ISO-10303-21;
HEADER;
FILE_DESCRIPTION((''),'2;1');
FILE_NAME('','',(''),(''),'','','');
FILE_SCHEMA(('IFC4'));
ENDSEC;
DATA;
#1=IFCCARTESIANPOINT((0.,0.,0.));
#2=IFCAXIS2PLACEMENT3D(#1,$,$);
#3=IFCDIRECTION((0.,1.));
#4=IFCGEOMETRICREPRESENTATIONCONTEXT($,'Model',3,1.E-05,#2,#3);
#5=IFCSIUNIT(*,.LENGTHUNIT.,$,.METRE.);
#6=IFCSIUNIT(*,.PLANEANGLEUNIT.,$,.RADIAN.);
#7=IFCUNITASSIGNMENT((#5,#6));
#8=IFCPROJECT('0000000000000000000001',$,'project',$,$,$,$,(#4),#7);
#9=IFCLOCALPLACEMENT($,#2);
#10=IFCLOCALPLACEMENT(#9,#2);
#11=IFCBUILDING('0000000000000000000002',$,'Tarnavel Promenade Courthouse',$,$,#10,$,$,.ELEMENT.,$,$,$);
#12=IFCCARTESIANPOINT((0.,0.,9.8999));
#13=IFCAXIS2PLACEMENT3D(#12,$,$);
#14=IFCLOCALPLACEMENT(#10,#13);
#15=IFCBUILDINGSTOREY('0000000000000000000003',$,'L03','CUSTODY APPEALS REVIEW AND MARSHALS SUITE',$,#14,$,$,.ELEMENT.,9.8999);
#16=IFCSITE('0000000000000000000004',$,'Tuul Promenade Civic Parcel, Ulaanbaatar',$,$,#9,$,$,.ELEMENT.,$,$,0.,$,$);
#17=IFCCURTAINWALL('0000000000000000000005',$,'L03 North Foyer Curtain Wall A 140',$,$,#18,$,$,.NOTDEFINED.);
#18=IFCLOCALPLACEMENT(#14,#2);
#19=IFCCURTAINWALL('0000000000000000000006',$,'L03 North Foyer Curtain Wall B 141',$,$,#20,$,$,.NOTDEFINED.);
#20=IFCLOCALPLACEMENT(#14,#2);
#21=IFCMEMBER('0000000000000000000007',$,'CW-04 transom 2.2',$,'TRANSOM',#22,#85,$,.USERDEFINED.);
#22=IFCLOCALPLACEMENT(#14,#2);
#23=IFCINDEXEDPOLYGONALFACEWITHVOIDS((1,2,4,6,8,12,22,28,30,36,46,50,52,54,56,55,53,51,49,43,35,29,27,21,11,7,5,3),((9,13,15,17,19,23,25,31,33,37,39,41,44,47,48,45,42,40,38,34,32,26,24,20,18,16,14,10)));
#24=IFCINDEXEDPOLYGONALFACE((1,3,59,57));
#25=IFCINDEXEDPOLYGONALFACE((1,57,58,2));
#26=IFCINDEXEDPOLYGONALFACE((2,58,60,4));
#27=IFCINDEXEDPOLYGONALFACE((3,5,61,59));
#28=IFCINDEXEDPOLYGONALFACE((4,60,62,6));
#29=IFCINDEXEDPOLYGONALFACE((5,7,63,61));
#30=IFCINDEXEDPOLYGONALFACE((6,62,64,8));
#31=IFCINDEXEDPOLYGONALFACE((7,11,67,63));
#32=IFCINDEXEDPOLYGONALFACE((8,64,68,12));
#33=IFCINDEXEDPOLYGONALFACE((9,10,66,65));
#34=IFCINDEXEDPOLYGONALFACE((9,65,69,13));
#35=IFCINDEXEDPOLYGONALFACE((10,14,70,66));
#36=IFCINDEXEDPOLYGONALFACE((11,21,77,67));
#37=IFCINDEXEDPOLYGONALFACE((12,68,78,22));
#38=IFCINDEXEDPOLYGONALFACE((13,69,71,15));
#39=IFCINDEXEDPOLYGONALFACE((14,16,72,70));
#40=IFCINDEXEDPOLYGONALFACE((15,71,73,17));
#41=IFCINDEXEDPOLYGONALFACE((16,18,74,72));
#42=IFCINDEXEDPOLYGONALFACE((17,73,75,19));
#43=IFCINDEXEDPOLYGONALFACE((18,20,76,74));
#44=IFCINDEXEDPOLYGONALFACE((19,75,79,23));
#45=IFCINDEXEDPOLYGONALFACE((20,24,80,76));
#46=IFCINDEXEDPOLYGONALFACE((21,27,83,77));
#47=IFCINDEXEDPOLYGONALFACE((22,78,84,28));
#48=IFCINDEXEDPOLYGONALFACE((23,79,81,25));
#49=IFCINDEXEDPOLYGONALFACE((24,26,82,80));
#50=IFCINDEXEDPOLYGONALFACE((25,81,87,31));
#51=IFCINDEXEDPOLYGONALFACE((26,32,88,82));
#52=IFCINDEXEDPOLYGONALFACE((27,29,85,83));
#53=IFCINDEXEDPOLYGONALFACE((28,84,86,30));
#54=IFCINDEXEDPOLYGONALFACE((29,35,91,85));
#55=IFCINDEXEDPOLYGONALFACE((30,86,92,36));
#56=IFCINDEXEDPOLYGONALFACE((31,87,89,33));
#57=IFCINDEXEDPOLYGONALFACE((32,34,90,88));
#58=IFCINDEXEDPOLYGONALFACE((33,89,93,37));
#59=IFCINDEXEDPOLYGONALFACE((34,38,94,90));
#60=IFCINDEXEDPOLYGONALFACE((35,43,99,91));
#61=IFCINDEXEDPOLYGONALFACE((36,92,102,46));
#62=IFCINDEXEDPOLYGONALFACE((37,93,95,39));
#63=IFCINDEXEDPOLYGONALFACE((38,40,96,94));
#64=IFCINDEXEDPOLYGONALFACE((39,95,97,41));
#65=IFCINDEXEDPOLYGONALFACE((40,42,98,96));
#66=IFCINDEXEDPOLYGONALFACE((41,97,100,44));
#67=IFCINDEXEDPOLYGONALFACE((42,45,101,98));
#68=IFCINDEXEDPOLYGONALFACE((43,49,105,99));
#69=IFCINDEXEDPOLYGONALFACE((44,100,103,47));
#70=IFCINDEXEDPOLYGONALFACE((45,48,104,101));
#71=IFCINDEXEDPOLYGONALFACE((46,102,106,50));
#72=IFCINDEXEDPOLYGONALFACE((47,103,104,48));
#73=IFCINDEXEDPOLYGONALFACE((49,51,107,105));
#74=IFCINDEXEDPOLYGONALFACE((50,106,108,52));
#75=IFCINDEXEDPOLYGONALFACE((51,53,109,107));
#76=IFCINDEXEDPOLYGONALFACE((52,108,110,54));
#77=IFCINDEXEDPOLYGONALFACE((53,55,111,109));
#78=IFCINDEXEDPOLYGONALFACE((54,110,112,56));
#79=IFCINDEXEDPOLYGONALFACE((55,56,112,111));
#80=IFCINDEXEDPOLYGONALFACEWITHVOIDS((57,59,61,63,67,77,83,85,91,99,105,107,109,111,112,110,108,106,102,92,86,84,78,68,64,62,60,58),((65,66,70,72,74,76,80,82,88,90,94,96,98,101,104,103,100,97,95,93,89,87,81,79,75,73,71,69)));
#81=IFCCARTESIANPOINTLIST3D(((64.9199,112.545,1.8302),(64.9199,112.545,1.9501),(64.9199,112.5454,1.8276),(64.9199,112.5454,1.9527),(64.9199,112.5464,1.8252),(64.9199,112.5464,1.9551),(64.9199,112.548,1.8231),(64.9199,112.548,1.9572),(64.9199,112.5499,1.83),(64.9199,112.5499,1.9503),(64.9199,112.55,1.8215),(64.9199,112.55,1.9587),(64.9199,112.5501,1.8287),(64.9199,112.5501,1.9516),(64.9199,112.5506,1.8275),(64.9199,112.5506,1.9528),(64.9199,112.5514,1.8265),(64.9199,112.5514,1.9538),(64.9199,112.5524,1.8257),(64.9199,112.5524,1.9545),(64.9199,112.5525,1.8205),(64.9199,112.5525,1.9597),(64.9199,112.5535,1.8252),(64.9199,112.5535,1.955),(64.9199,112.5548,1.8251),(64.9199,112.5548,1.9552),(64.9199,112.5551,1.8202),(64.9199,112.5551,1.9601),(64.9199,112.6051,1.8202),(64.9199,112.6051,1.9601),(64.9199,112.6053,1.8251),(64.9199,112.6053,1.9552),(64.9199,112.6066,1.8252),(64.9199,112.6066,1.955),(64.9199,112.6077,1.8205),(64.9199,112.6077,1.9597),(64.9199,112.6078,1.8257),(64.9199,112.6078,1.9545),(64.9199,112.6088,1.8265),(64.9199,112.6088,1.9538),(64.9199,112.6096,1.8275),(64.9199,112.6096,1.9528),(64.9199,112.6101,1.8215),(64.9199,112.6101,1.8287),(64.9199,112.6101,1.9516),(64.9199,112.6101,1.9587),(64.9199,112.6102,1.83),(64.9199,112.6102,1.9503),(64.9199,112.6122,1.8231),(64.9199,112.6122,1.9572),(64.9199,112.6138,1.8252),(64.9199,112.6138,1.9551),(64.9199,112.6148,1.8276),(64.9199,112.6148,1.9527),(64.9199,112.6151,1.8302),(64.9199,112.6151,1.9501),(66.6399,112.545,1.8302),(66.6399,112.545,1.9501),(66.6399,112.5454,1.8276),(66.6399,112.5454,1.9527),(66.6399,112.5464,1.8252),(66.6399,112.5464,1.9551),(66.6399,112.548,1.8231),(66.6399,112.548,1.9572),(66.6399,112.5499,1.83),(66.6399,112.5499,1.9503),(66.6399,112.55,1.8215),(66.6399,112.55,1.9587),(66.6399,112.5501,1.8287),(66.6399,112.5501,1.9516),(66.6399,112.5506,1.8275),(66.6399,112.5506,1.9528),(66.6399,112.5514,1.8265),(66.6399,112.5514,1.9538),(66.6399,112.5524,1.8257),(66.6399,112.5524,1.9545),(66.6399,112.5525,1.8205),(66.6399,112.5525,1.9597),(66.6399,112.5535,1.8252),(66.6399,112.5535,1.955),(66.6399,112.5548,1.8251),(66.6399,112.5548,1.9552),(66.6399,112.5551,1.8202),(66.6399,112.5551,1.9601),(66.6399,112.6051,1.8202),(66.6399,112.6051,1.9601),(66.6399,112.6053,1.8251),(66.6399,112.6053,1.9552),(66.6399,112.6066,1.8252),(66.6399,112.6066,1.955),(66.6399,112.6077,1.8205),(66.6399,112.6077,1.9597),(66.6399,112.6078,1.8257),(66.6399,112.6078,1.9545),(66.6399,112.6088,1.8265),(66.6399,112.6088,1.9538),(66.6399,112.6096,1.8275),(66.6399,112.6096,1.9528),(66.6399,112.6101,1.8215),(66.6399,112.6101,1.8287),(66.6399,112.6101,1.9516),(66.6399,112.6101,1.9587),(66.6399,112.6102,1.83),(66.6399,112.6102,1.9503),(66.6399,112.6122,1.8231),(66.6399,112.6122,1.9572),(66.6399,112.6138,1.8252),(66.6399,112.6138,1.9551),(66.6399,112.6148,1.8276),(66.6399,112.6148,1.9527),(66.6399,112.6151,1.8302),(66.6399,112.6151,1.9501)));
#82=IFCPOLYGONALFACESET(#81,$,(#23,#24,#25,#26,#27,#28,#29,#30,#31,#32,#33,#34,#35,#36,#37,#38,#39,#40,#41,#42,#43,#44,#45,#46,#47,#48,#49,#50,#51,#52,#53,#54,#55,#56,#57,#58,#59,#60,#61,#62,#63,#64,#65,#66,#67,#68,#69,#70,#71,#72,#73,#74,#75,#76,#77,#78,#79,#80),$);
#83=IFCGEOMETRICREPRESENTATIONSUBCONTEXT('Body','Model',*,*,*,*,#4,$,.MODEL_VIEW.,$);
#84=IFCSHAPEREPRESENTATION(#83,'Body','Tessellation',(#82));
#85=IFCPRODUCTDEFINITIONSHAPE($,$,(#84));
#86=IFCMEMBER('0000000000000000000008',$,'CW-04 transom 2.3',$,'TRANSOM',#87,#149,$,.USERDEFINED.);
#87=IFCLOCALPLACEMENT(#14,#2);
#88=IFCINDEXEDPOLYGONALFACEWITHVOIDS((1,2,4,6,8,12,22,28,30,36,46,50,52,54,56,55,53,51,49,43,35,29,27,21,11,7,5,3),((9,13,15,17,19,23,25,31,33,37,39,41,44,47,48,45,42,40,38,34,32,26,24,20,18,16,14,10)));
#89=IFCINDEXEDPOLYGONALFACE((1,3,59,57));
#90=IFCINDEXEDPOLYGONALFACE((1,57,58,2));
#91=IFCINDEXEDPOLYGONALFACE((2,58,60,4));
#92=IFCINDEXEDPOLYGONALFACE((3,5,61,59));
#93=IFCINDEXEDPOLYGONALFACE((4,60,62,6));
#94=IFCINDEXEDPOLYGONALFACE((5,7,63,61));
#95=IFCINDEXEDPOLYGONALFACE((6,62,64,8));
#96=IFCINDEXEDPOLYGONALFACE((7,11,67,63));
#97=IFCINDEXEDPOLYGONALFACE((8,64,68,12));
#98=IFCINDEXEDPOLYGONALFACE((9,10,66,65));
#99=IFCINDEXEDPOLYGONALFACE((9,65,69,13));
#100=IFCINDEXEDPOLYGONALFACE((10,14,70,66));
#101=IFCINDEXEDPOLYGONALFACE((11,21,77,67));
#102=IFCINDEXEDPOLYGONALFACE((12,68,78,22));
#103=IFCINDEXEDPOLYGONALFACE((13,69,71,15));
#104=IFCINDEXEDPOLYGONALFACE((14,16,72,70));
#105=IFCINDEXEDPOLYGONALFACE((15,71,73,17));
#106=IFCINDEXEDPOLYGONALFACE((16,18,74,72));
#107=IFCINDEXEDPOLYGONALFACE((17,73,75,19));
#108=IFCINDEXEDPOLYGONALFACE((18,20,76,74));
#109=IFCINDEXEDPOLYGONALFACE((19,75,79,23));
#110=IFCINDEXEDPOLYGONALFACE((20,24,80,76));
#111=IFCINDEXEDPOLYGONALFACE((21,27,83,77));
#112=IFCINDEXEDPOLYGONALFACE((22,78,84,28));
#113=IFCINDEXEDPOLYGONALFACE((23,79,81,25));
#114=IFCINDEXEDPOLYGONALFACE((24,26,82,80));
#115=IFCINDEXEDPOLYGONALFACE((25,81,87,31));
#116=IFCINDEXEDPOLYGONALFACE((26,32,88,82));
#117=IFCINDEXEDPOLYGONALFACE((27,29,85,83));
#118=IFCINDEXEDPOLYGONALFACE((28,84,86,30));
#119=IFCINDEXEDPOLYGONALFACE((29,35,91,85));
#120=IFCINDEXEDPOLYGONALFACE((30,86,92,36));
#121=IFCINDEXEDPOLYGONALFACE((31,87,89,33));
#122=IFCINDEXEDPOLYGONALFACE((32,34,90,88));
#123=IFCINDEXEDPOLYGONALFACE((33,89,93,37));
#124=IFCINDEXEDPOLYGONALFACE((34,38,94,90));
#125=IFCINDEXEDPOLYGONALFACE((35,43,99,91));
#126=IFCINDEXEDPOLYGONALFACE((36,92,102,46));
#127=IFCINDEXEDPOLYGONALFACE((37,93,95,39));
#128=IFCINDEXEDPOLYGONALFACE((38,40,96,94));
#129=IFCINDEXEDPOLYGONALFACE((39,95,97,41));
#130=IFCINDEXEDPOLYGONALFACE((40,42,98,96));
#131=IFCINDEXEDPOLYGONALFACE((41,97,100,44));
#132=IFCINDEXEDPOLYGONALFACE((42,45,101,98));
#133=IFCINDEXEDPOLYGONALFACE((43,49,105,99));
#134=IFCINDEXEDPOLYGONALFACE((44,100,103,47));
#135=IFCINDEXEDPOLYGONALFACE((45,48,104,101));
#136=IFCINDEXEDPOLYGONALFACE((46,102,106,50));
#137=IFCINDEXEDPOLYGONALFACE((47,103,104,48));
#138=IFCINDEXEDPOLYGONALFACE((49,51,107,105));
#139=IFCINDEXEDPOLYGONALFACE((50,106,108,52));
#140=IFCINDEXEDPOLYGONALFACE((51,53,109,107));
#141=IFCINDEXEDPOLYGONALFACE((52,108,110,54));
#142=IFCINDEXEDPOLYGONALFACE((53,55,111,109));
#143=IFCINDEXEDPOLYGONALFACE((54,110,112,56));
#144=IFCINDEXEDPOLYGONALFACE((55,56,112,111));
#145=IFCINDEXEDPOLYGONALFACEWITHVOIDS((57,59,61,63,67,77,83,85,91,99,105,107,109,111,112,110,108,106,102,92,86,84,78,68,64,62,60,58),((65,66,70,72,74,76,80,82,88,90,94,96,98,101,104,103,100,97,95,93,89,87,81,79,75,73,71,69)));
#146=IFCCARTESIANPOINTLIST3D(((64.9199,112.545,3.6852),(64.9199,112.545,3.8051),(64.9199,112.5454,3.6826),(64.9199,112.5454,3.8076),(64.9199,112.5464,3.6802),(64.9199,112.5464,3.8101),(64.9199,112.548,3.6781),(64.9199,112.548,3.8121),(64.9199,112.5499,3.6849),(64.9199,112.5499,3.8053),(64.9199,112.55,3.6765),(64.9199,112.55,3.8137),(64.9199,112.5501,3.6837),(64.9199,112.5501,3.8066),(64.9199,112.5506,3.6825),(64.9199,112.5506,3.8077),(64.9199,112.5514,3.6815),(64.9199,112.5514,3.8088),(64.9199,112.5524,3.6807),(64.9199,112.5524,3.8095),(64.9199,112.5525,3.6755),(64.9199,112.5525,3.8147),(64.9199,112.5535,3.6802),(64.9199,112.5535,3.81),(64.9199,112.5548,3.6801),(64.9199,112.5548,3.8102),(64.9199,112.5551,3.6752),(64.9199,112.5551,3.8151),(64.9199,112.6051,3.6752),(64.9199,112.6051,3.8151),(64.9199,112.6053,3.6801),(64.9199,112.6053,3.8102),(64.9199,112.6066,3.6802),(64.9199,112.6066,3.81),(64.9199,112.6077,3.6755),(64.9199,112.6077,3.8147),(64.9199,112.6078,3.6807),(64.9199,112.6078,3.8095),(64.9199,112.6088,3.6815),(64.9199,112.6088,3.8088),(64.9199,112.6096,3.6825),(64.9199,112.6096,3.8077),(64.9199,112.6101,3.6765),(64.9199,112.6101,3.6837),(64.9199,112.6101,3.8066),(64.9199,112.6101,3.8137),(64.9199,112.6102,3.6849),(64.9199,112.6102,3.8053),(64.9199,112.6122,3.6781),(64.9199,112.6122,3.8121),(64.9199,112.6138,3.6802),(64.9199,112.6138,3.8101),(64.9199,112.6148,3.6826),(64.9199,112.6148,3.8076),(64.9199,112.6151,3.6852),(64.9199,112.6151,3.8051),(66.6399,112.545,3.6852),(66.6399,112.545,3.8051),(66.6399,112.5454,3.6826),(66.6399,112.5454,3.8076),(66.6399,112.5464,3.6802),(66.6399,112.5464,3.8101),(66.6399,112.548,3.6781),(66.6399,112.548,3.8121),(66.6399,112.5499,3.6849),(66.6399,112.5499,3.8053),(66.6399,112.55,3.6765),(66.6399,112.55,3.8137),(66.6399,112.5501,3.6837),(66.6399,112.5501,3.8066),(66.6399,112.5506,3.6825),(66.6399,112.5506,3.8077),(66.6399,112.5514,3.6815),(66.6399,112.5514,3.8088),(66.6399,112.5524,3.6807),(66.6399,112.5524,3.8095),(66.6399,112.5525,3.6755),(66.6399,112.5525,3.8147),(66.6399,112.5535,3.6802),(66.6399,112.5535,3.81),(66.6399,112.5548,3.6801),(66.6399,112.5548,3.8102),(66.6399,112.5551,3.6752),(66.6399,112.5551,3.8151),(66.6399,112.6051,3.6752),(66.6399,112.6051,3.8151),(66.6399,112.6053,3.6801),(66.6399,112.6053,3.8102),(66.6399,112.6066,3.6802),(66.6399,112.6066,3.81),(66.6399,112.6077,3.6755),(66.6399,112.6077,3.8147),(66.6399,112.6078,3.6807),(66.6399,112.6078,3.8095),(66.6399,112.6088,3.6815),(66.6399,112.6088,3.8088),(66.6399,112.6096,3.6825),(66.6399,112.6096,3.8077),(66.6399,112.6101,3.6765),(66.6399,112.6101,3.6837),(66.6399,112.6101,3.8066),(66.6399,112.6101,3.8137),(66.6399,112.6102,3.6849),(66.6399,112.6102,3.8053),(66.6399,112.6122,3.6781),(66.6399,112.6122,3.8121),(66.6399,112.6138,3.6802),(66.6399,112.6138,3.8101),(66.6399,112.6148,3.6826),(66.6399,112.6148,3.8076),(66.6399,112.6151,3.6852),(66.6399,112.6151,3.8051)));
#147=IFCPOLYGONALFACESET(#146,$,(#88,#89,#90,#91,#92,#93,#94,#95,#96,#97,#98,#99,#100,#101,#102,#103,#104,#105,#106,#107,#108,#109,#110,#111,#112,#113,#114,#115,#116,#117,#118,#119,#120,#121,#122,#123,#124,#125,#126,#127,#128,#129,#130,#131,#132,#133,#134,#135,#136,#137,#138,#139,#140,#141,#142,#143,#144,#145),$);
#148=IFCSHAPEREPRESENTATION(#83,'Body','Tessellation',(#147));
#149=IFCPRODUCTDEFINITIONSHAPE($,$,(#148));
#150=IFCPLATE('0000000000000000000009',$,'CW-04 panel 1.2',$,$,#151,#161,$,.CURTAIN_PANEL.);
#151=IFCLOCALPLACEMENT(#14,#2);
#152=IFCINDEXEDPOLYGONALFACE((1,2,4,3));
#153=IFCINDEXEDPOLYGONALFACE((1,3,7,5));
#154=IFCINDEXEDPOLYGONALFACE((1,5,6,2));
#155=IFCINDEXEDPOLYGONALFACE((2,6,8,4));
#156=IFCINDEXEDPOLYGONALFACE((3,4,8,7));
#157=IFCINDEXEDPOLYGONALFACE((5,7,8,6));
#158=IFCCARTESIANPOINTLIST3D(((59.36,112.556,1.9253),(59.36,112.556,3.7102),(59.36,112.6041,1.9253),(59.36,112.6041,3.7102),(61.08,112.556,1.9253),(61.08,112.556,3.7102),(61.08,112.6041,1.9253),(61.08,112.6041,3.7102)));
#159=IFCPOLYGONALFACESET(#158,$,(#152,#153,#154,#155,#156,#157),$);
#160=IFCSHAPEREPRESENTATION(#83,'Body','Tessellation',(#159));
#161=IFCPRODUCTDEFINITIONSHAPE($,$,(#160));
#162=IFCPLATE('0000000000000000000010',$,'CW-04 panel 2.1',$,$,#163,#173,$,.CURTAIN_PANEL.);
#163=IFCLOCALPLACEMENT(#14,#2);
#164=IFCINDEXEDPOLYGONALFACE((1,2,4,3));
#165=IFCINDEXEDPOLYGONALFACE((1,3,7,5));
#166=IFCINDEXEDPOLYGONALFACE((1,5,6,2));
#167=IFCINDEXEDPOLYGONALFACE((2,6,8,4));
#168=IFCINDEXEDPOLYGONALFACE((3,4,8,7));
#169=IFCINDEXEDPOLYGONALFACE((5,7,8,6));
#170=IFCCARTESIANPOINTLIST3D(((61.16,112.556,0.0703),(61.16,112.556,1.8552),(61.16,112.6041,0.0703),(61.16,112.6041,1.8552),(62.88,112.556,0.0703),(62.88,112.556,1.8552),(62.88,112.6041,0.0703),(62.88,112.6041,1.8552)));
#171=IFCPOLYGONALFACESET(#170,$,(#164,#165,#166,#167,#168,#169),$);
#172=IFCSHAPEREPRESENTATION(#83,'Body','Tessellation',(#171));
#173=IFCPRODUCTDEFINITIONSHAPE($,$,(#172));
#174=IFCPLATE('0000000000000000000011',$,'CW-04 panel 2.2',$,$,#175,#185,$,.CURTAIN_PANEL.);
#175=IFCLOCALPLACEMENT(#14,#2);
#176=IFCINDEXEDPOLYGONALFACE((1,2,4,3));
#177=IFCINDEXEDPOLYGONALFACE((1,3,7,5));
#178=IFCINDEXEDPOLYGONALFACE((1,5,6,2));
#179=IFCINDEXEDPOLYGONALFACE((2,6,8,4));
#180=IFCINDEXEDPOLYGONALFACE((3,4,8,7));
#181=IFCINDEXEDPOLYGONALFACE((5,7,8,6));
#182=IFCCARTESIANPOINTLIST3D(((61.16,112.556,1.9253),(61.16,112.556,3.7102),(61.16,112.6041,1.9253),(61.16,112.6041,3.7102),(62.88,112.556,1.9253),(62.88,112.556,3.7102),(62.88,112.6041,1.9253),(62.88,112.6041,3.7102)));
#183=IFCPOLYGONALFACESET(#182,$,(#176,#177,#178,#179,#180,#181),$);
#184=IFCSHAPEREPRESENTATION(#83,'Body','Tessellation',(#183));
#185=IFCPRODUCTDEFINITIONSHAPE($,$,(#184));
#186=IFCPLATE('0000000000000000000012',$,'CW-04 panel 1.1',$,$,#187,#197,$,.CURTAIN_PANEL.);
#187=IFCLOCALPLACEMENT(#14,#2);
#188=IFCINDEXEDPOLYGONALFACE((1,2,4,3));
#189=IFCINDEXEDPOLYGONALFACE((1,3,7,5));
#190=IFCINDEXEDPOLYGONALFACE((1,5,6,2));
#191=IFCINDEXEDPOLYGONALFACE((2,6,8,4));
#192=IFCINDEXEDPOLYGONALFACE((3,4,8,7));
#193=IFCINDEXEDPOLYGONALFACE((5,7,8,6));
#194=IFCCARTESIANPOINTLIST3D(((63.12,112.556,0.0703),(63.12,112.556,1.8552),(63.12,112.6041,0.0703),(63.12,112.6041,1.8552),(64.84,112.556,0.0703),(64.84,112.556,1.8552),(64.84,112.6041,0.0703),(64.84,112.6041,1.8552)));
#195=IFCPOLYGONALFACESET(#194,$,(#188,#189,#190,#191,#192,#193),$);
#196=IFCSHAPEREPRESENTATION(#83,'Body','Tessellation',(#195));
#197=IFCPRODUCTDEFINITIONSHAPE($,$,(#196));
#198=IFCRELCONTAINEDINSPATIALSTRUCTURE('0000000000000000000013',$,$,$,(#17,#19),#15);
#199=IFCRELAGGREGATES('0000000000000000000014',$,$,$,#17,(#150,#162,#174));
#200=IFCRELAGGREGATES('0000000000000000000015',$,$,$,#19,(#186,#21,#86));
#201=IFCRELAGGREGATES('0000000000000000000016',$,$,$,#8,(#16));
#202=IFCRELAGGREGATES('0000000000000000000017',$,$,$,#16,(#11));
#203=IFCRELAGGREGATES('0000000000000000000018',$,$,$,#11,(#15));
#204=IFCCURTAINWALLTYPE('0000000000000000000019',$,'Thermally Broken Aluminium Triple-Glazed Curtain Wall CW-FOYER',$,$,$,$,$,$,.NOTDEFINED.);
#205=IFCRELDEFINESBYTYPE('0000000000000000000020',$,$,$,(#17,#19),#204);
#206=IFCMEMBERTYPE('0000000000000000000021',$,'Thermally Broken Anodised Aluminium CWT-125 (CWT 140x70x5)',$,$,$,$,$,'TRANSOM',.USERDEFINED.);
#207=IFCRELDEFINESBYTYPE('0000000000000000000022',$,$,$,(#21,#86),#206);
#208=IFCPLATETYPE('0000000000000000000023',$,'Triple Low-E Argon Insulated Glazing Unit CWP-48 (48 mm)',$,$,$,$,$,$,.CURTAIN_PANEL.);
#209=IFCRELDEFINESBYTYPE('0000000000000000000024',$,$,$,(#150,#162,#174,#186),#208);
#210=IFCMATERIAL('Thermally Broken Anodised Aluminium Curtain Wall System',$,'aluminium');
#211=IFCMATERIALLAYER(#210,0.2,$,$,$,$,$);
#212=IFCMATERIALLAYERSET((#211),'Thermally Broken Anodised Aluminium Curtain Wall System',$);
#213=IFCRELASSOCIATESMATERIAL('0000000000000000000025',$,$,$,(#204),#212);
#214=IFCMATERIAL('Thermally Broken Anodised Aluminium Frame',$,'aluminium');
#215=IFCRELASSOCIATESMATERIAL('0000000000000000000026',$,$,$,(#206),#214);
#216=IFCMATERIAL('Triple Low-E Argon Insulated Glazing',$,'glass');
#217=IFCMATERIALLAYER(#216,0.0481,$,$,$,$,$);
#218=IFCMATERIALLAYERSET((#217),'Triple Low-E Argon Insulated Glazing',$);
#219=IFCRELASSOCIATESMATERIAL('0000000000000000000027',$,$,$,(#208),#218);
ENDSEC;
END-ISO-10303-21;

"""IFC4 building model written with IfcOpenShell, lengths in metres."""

from ifc_helpers import new_model, si_unit, direction, frame, origin, origin_2d, place, context, subcontext, project, spatial, rectangle, hollow_rectangle, extrude, material, layer, layer_set, material_profile, profile_set, type_object, element, aggregate, save


model = new_model("IFC4")

# Units and contexts
model_context = context("Model", 3, precision=1e-05, world=origin(), true_north=direction((0.0, 1.0)))
body_context = subcontext(model_context, "Body", "Model", "MODEL_VIEW")
ifc_project = project(units=[si_unit("LENGTHUNIT", "METRE"), si_unit("PLANEANGLEUNIT", "RADIAN")], contexts=[model_context])

# Site, building, storey
site_placement = place(None, origin())
site = spatial("IfcSite", under=ifc_project, at=site_placement, Name="Tuul Promenade Civic Parcel, Ulaanbaatar", CompositionType="ELEMENT", RefElevation=0.0)
building_placement = place(site_placement, origin())
building = spatial("IfcBuilding", under=site, at=building_placement, Name="Tarnavel Promenade Courthouse", CompositionType="ELEMENT")
storey_placement = place(building_placement, frame((0.0, 0.0, 9.8999)))
storey = spatial("IfcBuildingStorey", under=building, at=storey_placement, Name="L03", Description="CUSTODY APPEALS REVIEW AND MARSHALS SUITE", CompositionType="ELEMENT", Elevation=9.8999)

# Curtain walls
ifc_material_1 = material(Name="Thermally Broken Anodised Aluminium Curtain Wall System", Category="aluminium")
ifc_layer_1 = layer(ifc_material_1, 0.2)
ifc_layer_set_1 = layer_set([ifc_layer_1], Name="Thermally Broken Anodised Aluminium Curtain Wall System")
curtain_wall_type = type_object("IfcCurtainWallType", Name="Thermally Broken Aluminium Triple-Glazed Curtain Wall CW-FOYER", PredefinedType="NOTDEFINED", material=ifc_layer_set_1)
curtain_wall_1_placement = place(storey_placement, origin())
curtain_wall_1 = element("IfcCurtainWall", 1, at=curtain_wall_1_placement, inside=storey, type_object=curtain_wall_type, Name="L03 North Foyer Curtain Wall A 140", PredefinedType="NOTDEFINED")
ifc_material_2 = material(Name="Thermally Broken Anodised Aluminium Frame", Category="aluminium")
curtain_wall_2_placement = place(storey_placement, origin())
curtain_wall_2 = element("IfcCurtainWall", 2, at=curtain_wall_2_placement, inside=storey, type_object=curtain_wall_type, Name="L03 North Foyer Curtain Wall B 141", PredefinedType="NOTDEFINED")

# Members
ifc_material_profile_1 = material_profile(ifc_material_2, hollow_rectangle(XDim=0.0701, YDim=0.1399, WallThickness=0.0049, InnerFilletRadius=0.0049, OuterFilletRadius=0.01, at=origin_2d()), Name="CWT 140x70x5")
ifc_profile_set_1 = profile_set([ifc_material_profile_1], Name="Thermally Broken Anodised Aluminium Frame")
member_type_1 = type_object("IfcMemberType", Name="Thermally Broken Anodised Aluminium CWT-125 (CWT 140x70x5)", ElementType="TRANSOM", PredefinedType="USERDEFINED", material=ifc_profile_set_1)
member_1_placement = place(storey_placement, frame((64.9199, 112.5801, 1.8901), z_axis=(1.0, 0.0, 0.0), x_axis=(0.0, 1.0, 0.0)))
member_1 = element("IfcMember", 3, at=member_1_placement, type_object=member_type_1, Name="CW-04 transom 2.2", ObjectType="TRANSOM", PredefinedType="USERDEFINED", context=body_context, shape_type="SweptSolid", body=[
    extrude(hollow_rectangle(XDim=0.0701, YDim=0.1399, WallThickness=0.0049, InnerFilletRadius=0.0049, OuterFilletRadius=0.01, at=origin_2d()), origin(), (0.0, 0.0, 1.0), 1.72),
])
member_2_placement = place(storey_placement, frame((64.9199, 112.5801, 3.7451), z_axis=(1.0, 0.0, 0.0), x_axis=(0.0, 1.0, 0.0)))
member_2 = element("IfcMember", 4, at=member_2_placement, type_object=member_type_1, Name="CW-04 transom 2.3", ObjectType="TRANSOM", PredefinedType="USERDEFINED", context=body_context, shape_type="SweptSolid", body=[
    extrude(hollow_rectangle(XDim=0.0701, YDim=0.1399, WallThickness=0.0049, InnerFilletRadius=0.0049, OuterFilletRadius=0.01, at=origin_2d()), origin(), (0.0, 0.0, 1.0), 1.72),
])

# Plates
ifc_material_3 = material(Name="Triple Low-E Argon Insulated Glazing", Category="glass")
ifc_layer_2 = layer(ifc_material_3, 0.0481)
ifc_layer_set_2 = layer_set([ifc_layer_2], Name="Triple Low-E Argon Insulated Glazing")
plate_type = type_object("IfcPlateType", Name="Triple Low-E Argon Insulated Glazing Unit CWP-48 (48 mm)", PredefinedType="CURTAIN_PANEL", material=ifc_layer_set_2)
plate_1_placement = place(storey_placement, frame((60.22, 112.5801, 1.9253), z_axis=(0.0, 0.0, 1.0), x_axis=(1.0, 0.0, 0.0)))
plate_1 = element("IfcPlate", 5, at=plate_1_placement, type_object=plate_type, Name="CW-04 panel 1.2", PredefinedType="CURTAIN_PANEL", context=body_context, shape_type="SweptSolid", body=[
    extrude(rectangle(XDim=1.72, YDim=0.0481, at=origin_2d()), origin(), (0.0, 0.0, 1.0), 1.7849),
])
plate_2_placement = place(storey_placement, frame((62.02, 112.5801, 0.0703), z_axis=(0.0, 0.0, 1.0), x_axis=(1.0, 0.0, 0.0)))
plate_2 = element("IfcPlate", 6, at=plate_2_placement, type_object=plate_type, Name="CW-04 panel 2.1", PredefinedType="CURTAIN_PANEL", context=body_context, shape_type="SweptSolid", body=[
    extrude(rectangle(XDim=1.72, YDim=0.0481, at=origin_2d()), origin(), (0.0, 0.0, 1.0), 1.7849),
])
plate_3_placement = place(storey_placement, frame((62.02, 112.5801, 1.9253), z_axis=(0.0, 0.0, 1.0), x_axis=(1.0, 0.0, 0.0)))
plate_3 = element("IfcPlate", 7, at=plate_3_placement, type_object=plate_type, Name="CW-04 panel 2.2", PredefinedType="CURTAIN_PANEL", context=body_context, shape_type="SweptSolid", body=[
    extrude(rectangle(XDim=1.72, YDim=0.0481, at=origin_2d()), origin(), (0.0, 0.0, 1.0), 1.7849),
])
aggregate(curtain_wall_1, [plate_1, plate_2, plate_3])
plate_4_placement = place(storey_placement, frame((63.98, 112.5801, 0.0703), z_axis=(0.0, 0.0, 1.0), x_axis=(1.0, 0.0, 0.0)))
plate_4 = element("IfcPlate", 8, at=plate_4_placement, type_object=plate_type, Name="CW-04 panel 1.1", PredefinedType="CURTAIN_PANEL", context=body_context, shape_type="SweptSolid", body=[
    extrude(rectangle(XDim=1.72, YDim=0.0481, at=origin_2d()), origin(), (0.0, 0.0, 1.0), 1.7849),
])
aggregate(curtain_wall_2, [plate_4, member_1, member_2])

save(model, "model.ifc")
